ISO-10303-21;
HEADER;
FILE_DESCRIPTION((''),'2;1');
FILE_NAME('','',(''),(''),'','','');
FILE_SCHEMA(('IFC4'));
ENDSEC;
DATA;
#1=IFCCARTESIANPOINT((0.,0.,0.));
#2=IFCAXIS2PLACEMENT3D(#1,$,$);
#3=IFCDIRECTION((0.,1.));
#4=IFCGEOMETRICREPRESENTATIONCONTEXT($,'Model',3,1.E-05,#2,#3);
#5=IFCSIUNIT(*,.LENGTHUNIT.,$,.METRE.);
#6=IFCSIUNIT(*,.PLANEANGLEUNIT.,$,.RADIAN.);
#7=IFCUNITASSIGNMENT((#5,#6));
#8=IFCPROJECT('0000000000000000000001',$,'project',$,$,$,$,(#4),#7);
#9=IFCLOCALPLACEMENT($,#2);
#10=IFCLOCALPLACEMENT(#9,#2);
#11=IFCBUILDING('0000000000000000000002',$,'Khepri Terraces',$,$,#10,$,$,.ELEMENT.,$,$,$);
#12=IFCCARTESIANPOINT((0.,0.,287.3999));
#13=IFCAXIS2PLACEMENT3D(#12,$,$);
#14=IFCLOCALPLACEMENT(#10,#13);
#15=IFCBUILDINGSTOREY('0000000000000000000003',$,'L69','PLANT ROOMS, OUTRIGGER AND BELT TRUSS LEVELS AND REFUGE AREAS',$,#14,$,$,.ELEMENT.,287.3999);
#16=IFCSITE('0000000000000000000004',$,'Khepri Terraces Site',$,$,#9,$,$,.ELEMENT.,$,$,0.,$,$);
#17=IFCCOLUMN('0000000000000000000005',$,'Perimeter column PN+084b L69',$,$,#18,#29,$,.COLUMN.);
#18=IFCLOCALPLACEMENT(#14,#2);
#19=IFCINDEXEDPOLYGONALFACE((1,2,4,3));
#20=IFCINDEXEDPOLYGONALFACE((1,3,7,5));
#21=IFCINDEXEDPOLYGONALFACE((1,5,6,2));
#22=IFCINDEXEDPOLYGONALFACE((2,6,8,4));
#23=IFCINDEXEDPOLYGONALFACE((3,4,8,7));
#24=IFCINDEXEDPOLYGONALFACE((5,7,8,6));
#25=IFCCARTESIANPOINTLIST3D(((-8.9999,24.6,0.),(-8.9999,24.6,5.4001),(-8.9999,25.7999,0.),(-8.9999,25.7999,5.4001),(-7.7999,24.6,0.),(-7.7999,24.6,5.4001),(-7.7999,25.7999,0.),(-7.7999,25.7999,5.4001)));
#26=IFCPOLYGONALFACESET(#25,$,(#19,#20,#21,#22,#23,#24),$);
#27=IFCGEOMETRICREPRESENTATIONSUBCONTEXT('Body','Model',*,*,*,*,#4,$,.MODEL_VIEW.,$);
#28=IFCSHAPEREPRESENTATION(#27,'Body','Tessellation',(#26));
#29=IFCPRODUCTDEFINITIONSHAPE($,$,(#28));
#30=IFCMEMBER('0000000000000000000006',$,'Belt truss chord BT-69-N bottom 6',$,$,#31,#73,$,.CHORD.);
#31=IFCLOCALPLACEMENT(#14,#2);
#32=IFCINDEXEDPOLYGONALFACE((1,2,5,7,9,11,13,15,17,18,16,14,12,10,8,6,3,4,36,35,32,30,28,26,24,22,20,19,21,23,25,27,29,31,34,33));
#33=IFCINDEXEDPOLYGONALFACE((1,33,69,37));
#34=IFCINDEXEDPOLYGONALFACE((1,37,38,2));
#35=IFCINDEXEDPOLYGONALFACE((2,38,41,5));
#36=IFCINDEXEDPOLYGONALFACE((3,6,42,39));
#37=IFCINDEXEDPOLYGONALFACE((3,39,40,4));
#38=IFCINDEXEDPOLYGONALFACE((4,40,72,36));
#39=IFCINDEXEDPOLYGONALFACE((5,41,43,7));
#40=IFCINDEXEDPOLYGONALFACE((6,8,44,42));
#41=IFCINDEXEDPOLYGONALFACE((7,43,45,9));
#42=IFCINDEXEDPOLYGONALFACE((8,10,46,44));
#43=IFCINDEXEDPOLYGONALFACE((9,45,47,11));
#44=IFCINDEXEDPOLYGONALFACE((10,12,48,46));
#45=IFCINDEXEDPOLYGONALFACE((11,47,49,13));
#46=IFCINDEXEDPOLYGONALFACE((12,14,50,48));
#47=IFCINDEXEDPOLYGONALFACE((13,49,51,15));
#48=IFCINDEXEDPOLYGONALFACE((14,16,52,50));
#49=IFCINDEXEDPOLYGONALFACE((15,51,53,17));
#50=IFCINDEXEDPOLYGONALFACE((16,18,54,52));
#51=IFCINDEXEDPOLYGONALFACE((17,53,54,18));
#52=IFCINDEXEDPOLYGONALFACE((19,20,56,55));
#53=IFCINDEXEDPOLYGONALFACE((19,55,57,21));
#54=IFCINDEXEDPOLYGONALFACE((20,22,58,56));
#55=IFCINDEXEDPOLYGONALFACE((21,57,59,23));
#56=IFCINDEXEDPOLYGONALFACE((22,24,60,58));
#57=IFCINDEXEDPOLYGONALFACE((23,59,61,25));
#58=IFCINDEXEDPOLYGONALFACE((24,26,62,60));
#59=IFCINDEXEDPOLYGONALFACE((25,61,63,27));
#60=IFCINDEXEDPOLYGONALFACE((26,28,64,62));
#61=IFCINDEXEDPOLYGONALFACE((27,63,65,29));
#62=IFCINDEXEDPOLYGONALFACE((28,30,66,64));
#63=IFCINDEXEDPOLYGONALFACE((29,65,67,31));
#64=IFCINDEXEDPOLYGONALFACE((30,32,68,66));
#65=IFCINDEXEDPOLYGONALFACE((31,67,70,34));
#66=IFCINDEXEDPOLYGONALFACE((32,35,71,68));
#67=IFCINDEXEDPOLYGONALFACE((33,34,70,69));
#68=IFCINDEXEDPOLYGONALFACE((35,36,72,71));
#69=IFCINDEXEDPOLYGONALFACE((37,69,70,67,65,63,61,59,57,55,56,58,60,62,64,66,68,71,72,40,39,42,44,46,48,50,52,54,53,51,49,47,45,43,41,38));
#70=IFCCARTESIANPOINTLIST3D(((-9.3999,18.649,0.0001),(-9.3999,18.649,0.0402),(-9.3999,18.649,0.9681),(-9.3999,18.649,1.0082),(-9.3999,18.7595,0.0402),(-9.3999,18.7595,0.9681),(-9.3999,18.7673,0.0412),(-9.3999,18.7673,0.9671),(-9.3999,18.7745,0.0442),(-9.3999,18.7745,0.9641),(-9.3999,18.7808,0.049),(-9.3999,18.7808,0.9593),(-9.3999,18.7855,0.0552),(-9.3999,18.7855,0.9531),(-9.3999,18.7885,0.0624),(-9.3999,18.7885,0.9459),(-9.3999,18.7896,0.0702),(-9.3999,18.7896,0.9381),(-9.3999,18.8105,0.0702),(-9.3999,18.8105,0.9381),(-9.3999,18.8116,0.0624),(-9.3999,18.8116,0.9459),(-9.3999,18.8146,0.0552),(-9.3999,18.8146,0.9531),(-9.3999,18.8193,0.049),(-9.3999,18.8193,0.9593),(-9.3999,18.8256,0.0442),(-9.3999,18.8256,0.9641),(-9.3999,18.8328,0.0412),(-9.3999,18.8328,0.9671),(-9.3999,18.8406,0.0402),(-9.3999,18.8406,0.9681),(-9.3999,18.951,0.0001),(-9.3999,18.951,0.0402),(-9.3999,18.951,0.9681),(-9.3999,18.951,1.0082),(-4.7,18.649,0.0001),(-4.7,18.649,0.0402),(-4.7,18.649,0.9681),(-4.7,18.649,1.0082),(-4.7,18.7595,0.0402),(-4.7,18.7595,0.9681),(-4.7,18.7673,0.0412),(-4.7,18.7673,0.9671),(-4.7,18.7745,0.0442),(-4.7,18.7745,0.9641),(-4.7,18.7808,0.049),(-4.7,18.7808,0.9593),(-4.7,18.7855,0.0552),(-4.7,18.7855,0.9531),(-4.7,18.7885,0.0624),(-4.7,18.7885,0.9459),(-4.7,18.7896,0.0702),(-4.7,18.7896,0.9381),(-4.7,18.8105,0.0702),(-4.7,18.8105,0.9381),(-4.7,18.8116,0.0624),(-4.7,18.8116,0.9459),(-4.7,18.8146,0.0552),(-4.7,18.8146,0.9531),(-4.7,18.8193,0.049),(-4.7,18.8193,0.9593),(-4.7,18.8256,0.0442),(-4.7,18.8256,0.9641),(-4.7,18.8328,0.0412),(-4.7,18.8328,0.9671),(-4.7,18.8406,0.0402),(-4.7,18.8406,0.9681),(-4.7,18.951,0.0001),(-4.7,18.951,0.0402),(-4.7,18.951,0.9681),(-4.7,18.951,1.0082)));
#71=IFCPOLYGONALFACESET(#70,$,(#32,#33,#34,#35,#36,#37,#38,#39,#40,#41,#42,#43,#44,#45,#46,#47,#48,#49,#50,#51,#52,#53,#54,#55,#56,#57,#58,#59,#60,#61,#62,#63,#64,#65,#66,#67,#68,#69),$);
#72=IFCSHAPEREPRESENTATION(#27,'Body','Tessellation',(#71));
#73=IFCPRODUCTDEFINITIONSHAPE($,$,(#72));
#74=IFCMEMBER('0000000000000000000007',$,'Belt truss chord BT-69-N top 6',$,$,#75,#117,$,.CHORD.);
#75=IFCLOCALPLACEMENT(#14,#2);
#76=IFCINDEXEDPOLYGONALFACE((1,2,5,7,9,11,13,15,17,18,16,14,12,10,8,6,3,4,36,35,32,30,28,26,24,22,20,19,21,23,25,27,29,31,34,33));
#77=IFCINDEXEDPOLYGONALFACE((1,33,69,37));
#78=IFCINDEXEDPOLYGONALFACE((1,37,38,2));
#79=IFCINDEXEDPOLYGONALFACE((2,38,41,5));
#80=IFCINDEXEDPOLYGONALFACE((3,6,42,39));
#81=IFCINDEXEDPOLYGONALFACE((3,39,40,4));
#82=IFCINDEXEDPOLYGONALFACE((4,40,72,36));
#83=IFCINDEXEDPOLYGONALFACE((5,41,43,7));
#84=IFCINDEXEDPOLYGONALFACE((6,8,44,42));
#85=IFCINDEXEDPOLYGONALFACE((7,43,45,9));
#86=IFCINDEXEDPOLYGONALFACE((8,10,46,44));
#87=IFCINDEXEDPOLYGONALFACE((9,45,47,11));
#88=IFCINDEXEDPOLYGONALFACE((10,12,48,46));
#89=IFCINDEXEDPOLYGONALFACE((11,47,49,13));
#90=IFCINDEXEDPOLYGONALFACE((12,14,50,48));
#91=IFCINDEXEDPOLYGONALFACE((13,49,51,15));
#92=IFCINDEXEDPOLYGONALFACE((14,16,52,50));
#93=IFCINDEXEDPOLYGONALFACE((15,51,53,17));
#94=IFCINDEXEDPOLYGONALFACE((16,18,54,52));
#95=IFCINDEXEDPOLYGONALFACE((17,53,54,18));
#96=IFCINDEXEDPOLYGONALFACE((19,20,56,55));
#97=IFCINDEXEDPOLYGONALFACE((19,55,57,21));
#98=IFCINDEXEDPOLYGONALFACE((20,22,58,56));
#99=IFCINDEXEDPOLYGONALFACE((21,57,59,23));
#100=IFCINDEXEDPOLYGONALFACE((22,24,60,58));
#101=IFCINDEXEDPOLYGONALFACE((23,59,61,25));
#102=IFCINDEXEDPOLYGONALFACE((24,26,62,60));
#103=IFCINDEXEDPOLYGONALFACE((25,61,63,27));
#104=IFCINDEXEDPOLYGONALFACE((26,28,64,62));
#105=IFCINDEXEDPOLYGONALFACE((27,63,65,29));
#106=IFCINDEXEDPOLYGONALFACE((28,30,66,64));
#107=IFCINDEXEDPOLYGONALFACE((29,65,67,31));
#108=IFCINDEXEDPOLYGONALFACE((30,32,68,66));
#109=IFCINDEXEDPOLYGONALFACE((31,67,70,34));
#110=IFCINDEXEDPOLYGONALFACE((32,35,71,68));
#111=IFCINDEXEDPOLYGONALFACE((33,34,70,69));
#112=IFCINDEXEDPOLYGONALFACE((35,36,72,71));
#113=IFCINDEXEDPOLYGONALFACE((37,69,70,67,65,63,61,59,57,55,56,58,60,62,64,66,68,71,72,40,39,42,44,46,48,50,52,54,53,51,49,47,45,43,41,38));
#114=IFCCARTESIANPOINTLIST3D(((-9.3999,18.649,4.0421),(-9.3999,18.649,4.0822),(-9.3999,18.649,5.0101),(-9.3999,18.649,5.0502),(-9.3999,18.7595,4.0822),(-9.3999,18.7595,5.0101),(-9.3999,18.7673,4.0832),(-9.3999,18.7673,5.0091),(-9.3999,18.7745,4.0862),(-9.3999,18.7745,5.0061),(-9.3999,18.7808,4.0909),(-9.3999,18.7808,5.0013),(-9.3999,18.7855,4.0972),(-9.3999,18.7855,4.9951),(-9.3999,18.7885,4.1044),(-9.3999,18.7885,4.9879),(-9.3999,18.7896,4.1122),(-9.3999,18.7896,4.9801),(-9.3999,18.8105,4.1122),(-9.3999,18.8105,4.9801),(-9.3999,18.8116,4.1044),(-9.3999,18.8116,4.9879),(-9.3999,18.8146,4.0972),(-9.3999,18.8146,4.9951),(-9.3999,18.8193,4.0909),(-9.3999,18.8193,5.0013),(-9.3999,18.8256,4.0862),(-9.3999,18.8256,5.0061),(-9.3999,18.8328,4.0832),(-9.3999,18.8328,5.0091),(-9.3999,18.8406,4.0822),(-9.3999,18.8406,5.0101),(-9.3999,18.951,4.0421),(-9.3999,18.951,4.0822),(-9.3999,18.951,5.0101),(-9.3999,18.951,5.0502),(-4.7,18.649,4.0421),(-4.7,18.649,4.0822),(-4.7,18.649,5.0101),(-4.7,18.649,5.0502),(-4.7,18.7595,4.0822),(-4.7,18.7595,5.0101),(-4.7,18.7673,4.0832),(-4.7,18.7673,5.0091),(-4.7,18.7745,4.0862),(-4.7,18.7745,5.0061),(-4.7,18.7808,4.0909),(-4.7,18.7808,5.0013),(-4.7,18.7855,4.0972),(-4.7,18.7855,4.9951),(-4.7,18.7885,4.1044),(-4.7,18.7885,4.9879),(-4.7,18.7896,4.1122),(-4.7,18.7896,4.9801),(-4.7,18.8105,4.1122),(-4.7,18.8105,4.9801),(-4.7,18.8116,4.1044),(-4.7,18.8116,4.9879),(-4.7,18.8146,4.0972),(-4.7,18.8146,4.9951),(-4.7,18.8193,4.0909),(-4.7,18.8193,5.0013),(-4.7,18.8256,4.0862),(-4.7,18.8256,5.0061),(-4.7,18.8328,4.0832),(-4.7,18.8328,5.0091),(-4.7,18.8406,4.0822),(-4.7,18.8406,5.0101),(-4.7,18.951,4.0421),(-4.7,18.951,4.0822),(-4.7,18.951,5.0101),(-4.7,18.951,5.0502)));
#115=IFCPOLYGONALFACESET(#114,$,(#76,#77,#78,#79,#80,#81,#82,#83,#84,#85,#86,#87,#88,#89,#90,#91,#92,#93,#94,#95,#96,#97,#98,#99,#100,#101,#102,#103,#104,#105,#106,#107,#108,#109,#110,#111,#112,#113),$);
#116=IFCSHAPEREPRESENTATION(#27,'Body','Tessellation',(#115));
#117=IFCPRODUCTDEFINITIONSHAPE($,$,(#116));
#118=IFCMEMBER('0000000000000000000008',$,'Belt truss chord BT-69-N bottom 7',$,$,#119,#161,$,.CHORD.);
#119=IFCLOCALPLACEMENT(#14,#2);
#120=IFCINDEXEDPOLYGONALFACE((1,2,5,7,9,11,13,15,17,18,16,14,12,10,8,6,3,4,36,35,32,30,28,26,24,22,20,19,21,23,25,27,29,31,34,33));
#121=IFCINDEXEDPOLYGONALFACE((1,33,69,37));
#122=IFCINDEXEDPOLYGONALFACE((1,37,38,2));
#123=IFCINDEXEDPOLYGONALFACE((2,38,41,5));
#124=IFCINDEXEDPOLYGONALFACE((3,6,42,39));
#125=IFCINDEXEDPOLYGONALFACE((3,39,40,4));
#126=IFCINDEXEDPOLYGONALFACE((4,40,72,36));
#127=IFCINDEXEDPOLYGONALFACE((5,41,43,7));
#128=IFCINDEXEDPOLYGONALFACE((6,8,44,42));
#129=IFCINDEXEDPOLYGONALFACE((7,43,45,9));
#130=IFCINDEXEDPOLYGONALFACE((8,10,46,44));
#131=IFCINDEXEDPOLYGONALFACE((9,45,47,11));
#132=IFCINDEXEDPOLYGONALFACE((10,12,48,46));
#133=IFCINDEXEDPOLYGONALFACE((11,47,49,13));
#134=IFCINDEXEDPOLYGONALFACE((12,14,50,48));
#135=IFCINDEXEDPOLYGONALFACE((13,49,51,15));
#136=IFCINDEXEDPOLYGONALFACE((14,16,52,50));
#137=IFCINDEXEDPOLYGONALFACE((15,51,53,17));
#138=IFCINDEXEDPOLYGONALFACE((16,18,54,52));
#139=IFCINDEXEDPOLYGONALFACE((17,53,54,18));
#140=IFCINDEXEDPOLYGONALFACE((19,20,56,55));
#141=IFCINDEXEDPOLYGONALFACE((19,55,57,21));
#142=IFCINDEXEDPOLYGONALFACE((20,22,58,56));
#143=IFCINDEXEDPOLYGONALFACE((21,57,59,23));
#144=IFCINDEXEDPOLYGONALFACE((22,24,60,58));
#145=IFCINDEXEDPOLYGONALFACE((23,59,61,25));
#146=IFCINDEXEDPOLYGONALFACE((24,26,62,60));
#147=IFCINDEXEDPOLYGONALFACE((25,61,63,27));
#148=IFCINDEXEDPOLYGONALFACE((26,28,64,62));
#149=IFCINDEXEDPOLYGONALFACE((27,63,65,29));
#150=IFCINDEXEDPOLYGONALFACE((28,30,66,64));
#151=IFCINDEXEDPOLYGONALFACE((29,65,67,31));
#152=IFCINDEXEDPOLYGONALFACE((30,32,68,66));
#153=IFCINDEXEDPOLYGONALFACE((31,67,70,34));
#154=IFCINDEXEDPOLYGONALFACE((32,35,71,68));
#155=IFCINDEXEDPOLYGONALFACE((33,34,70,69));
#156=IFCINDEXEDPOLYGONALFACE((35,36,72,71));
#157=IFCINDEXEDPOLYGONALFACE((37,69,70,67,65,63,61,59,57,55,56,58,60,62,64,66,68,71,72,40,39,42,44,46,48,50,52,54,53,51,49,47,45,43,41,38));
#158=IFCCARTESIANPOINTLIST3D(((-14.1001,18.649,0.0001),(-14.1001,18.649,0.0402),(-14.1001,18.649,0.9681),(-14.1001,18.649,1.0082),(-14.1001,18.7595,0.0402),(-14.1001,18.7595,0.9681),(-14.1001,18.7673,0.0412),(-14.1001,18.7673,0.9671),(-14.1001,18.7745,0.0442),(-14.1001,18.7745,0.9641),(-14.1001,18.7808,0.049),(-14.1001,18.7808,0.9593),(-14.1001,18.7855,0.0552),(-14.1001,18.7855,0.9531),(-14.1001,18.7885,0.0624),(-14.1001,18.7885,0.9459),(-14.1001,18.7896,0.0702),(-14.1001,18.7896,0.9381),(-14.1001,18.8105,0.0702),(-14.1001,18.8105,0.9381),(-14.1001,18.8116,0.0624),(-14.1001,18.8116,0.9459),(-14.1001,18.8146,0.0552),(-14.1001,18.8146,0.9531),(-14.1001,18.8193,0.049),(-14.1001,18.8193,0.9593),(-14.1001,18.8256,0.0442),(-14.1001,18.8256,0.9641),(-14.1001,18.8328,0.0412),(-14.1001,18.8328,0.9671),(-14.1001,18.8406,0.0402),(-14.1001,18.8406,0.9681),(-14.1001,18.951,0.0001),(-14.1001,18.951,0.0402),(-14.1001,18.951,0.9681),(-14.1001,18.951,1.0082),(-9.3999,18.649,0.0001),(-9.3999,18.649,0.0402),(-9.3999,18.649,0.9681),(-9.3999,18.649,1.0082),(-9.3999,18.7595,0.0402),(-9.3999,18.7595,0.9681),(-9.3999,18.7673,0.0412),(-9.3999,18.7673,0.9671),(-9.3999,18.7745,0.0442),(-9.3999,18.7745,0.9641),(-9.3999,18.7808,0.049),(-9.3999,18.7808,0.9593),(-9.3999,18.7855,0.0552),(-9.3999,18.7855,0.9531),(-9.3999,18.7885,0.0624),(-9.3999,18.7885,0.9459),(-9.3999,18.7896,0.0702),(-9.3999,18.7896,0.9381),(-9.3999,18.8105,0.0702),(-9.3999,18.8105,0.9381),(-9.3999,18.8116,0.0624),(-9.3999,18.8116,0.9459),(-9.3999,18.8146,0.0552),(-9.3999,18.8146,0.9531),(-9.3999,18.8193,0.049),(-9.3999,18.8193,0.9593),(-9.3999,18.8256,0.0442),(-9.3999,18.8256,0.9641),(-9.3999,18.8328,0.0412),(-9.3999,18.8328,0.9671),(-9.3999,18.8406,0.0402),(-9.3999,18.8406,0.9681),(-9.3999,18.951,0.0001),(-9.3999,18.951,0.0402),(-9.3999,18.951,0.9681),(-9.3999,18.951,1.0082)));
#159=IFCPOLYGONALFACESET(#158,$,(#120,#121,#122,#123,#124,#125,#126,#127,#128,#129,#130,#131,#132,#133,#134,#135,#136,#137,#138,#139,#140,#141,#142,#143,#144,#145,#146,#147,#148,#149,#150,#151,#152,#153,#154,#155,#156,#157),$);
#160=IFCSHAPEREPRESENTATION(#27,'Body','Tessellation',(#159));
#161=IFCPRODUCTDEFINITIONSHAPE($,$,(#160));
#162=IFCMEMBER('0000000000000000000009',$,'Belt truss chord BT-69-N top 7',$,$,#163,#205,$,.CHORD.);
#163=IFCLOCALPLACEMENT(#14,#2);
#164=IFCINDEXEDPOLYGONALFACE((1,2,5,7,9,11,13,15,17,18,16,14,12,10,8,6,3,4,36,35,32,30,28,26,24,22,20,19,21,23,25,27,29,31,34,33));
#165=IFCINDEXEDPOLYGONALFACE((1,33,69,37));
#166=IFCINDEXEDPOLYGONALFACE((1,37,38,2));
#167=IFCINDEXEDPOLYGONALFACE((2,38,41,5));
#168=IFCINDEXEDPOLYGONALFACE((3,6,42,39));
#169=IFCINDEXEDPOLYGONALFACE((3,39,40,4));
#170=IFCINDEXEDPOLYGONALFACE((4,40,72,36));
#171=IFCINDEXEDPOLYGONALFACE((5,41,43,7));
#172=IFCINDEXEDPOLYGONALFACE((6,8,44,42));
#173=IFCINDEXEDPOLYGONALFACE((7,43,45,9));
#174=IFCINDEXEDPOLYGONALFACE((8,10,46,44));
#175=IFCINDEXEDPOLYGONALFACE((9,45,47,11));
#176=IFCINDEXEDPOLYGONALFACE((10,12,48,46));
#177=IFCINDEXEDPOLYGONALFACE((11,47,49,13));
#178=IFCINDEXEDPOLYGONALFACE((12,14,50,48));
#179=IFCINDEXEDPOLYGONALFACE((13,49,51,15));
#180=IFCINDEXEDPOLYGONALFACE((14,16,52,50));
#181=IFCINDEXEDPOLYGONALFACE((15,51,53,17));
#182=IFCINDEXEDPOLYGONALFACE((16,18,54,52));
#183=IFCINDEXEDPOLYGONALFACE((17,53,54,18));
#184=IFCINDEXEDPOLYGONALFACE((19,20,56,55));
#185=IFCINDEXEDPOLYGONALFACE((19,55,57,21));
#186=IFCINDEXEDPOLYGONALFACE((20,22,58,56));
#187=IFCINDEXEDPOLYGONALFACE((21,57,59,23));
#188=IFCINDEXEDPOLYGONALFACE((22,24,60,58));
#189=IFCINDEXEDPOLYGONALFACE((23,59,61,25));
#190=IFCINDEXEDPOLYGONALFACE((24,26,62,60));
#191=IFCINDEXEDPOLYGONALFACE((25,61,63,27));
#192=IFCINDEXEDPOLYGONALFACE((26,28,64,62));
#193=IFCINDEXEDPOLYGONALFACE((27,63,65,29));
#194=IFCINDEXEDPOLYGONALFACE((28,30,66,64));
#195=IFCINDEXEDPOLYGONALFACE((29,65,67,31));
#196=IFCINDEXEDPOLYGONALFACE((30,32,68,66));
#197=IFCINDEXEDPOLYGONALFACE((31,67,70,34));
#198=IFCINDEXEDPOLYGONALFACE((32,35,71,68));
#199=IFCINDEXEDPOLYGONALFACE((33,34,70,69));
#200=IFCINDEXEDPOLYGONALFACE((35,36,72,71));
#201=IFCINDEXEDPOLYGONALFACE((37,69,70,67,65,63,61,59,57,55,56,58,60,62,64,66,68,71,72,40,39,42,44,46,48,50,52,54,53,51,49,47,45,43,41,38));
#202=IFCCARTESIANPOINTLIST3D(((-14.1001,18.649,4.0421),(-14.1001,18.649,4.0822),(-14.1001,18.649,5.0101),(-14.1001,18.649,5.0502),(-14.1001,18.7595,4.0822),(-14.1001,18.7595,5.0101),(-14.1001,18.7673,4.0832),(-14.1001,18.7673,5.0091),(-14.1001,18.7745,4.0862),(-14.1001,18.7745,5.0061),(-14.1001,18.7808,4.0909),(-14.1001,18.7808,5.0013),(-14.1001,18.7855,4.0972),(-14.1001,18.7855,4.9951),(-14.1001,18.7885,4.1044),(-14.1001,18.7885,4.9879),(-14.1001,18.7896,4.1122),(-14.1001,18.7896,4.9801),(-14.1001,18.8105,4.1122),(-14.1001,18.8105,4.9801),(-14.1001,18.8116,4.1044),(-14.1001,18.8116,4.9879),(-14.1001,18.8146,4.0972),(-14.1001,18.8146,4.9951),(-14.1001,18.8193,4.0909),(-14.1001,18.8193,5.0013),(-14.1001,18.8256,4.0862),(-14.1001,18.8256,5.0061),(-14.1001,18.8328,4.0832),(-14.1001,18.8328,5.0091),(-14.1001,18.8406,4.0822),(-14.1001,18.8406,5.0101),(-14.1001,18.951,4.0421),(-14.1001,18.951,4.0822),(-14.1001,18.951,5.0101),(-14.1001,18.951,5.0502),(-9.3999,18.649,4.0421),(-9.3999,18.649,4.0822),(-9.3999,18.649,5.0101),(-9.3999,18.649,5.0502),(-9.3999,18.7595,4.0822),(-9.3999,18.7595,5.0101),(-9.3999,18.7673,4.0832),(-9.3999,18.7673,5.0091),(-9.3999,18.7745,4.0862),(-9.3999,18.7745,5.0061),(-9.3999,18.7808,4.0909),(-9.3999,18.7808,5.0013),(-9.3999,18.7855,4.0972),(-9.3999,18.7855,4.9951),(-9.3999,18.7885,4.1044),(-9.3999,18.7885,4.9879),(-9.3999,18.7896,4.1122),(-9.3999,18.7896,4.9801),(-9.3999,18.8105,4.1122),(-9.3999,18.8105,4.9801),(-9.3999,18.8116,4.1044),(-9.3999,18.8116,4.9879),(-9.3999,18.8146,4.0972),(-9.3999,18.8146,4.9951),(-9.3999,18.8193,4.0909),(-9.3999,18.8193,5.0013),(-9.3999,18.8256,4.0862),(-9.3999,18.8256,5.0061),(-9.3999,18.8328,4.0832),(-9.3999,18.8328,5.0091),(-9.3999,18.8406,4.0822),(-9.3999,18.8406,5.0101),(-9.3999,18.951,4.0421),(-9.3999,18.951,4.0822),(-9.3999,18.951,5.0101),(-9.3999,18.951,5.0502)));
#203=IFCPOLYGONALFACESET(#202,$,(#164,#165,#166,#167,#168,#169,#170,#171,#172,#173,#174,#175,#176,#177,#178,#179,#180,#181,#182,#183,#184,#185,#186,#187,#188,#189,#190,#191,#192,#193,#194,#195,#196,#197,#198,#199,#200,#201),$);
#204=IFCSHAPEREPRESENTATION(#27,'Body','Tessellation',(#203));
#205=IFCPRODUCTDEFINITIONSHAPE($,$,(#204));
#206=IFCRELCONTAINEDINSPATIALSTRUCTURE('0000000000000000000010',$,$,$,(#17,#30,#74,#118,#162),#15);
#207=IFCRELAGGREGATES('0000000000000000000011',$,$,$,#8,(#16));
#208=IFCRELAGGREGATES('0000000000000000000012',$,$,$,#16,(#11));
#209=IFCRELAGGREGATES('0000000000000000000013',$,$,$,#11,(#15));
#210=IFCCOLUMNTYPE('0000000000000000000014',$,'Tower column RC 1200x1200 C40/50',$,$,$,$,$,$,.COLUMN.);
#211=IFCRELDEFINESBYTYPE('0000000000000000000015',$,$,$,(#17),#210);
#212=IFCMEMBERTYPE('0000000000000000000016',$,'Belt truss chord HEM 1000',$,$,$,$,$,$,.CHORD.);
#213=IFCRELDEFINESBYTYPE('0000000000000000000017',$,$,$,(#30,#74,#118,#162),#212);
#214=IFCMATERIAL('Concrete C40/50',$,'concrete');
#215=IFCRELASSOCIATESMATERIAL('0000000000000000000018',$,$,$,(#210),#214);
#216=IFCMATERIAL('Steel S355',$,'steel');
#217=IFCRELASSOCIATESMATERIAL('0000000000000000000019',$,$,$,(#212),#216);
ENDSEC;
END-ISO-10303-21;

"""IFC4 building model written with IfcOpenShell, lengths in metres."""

from ifc_helpers import new_model, si_unit, direction, frame, origin, origin_2d, place, context, subcontext, project, spatial, rectangle, i_section, extrude, material, material_profile, profile_set, type_object, element, save


model = new_model("IFC4")

# Units and contexts
model_context = context("Model", 3, precision=1e-05, world=origin(), true_north=direction((0.0, 1.0)))
body_context = subcontext(model_context, "Body", "Model", "MODEL_VIEW")
ifc_project = project(units=[si_unit("LENGTHUNIT", "METRE"), si_unit("PLANEANGLEUNIT", "RADIAN")], contexts=[model_context])

# Site, building, storey
site_placement = place(None, origin())
site = spatial("IfcSite", under=ifc_project, at=site_placement, Name="Khepri Terraces Site", CompositionType="ELEMENT", RefElevation=0.0)
building_placement = place(site_placement, origin())
building = spatial("IfcBuilding", under=site, at=building_placement, Name="Khepri Terraces", CompositionType="ELEMENT")
storey_placement = place(building_placement, frame((0.0, 0.0, 287.3999)))
storey = spatial("IfcBuildingStorey", under=building, at=storey_placement, Name="L69", Description="PLANT ROOMS, OUTRIGGER AND BELT TRUSS LEVELS AND REFUGE AREAS", CompositionType="ELEMENT", Elevation=287.3999)

# Column
ifc_material_1 = material(Name="Concrete C40/50", Category="concrete")
ifc_material_profile_1 = material_profile(ifc_material_1, rectangle(XDim=1.2, YDim=1.2, at=origin_2d()), Name="Concrete C40/50", Category="concrete")
ifc_profile_set_1 = profile_set([ifc_material_profile_1], Name="Concrete C40/50")
column_type = type_object("IfcColumnType", Name="Tower column RC 1200x1200 C40/50", PredefinedType="COLUMN", material=ifc_profile_set_1)
column_placement = place(storey_placement, frame((-8.3999, 25.2, 0.0), z_axis=(0.0, 0.0, 1.0), x_axis=(1.0, 0.0, 0.0)))
element("IfcColumn", 1, at=column_placement, inside=storey, type_object=column_type, Name="Perimeter column PN+084b L69", PredefinedType="COLUMN", context=body_context, shape_type="SweptSolid", body=[
    extrude(rectangle(XDim=1.2, YDim=1.2, at=origin_2d()), origin(), (0.0, 0.0, 1.0), 5.4001),
])

# Members
ifc_material_2 = material(Name="Steel S355", Category="steel")
ifc_material_profile_2 = material_profile(ifc_material_2, i_section(OverallWidth=0.302, OverallDepth=1.0081, WebThickness=0.021, FlangeThickness=0.04, FilletRadius=0.03, at=origin_2d()), Name="Steel S355", Category="steel")
ifc_profile_set_2 = profile_set([ifc_material_profile_2], Name="Steel S355")
member_type_1 = type_object("IfcMemberType", Name="Belt truss chord HEM 1000", PredefinedType="CHORD", material=ifc_profile_set_2)
for number, where, z_axis, x_axis, name in (
    (2, (-4.7, 18.8, 0.5042), (-1.0, 0.0, 0.0), (0.0, -1.0, 0.0), "Belt truss chord BT-69-N bottom 6"),
    (3, (-4.7, 18.8, 4.5461), (-1.0, 0.0, 0.0), (0.0, -1.0, 0.0), "Belt truss chord BT-69-N top 6"),
):
    element("IfcMember", number, at=place(storey_placement, frame(where, z_axis=z_axis, x_axis=x_axis)), inside=storey, type_object=member_type_1, Name=name, PredefinedType="CHORD", context=body_context, shape_type="SweptSolid", body=[
        extrude(i_section(OverallWidth=0.302, OverallDepth=1.0081, WebThickness=0.021, FlangeThickness=0.04, FilletRadius=0.03, at=origin_2d()), origin(), (0.0, 0.0, 1.0), 4.7),
    ])
for number, where, z_axis, x_axis, name in (
    (4, (-9.3999, 18.8, 0.5042), (-1.0, 0.0, 0.0), (0.0, -1.0, 0.0), "Belt truss chord BT-69-N bottom 7"),
    (5, (-9.3999, 18.8, 4.5461), (-1.0, 0.0, 0.0), (0.0, -1.0, 0.0), "Belt truss chord BT-69-N top 7"),
):
    element("IfcMember", number, at=place(storey_placement, frame(where, z_axis=z_axis, x_axis=x_axis)), inside=storey, type_object=member_type_1, Name=name, PredefinedType="CHORD", context=body_context, shape_type="SweptSolid", body=[
        extrude(i_section(OverallWidth=0.302, OverallDepth=1.0081, WebThickness=0.021, FlangeThickness=0.04, FilletRadius=0.03, at=origin_2d()), origin(), (0.0, 0.0, 1.0), 4.7002),
    ])

save(model, "model.ifc")
